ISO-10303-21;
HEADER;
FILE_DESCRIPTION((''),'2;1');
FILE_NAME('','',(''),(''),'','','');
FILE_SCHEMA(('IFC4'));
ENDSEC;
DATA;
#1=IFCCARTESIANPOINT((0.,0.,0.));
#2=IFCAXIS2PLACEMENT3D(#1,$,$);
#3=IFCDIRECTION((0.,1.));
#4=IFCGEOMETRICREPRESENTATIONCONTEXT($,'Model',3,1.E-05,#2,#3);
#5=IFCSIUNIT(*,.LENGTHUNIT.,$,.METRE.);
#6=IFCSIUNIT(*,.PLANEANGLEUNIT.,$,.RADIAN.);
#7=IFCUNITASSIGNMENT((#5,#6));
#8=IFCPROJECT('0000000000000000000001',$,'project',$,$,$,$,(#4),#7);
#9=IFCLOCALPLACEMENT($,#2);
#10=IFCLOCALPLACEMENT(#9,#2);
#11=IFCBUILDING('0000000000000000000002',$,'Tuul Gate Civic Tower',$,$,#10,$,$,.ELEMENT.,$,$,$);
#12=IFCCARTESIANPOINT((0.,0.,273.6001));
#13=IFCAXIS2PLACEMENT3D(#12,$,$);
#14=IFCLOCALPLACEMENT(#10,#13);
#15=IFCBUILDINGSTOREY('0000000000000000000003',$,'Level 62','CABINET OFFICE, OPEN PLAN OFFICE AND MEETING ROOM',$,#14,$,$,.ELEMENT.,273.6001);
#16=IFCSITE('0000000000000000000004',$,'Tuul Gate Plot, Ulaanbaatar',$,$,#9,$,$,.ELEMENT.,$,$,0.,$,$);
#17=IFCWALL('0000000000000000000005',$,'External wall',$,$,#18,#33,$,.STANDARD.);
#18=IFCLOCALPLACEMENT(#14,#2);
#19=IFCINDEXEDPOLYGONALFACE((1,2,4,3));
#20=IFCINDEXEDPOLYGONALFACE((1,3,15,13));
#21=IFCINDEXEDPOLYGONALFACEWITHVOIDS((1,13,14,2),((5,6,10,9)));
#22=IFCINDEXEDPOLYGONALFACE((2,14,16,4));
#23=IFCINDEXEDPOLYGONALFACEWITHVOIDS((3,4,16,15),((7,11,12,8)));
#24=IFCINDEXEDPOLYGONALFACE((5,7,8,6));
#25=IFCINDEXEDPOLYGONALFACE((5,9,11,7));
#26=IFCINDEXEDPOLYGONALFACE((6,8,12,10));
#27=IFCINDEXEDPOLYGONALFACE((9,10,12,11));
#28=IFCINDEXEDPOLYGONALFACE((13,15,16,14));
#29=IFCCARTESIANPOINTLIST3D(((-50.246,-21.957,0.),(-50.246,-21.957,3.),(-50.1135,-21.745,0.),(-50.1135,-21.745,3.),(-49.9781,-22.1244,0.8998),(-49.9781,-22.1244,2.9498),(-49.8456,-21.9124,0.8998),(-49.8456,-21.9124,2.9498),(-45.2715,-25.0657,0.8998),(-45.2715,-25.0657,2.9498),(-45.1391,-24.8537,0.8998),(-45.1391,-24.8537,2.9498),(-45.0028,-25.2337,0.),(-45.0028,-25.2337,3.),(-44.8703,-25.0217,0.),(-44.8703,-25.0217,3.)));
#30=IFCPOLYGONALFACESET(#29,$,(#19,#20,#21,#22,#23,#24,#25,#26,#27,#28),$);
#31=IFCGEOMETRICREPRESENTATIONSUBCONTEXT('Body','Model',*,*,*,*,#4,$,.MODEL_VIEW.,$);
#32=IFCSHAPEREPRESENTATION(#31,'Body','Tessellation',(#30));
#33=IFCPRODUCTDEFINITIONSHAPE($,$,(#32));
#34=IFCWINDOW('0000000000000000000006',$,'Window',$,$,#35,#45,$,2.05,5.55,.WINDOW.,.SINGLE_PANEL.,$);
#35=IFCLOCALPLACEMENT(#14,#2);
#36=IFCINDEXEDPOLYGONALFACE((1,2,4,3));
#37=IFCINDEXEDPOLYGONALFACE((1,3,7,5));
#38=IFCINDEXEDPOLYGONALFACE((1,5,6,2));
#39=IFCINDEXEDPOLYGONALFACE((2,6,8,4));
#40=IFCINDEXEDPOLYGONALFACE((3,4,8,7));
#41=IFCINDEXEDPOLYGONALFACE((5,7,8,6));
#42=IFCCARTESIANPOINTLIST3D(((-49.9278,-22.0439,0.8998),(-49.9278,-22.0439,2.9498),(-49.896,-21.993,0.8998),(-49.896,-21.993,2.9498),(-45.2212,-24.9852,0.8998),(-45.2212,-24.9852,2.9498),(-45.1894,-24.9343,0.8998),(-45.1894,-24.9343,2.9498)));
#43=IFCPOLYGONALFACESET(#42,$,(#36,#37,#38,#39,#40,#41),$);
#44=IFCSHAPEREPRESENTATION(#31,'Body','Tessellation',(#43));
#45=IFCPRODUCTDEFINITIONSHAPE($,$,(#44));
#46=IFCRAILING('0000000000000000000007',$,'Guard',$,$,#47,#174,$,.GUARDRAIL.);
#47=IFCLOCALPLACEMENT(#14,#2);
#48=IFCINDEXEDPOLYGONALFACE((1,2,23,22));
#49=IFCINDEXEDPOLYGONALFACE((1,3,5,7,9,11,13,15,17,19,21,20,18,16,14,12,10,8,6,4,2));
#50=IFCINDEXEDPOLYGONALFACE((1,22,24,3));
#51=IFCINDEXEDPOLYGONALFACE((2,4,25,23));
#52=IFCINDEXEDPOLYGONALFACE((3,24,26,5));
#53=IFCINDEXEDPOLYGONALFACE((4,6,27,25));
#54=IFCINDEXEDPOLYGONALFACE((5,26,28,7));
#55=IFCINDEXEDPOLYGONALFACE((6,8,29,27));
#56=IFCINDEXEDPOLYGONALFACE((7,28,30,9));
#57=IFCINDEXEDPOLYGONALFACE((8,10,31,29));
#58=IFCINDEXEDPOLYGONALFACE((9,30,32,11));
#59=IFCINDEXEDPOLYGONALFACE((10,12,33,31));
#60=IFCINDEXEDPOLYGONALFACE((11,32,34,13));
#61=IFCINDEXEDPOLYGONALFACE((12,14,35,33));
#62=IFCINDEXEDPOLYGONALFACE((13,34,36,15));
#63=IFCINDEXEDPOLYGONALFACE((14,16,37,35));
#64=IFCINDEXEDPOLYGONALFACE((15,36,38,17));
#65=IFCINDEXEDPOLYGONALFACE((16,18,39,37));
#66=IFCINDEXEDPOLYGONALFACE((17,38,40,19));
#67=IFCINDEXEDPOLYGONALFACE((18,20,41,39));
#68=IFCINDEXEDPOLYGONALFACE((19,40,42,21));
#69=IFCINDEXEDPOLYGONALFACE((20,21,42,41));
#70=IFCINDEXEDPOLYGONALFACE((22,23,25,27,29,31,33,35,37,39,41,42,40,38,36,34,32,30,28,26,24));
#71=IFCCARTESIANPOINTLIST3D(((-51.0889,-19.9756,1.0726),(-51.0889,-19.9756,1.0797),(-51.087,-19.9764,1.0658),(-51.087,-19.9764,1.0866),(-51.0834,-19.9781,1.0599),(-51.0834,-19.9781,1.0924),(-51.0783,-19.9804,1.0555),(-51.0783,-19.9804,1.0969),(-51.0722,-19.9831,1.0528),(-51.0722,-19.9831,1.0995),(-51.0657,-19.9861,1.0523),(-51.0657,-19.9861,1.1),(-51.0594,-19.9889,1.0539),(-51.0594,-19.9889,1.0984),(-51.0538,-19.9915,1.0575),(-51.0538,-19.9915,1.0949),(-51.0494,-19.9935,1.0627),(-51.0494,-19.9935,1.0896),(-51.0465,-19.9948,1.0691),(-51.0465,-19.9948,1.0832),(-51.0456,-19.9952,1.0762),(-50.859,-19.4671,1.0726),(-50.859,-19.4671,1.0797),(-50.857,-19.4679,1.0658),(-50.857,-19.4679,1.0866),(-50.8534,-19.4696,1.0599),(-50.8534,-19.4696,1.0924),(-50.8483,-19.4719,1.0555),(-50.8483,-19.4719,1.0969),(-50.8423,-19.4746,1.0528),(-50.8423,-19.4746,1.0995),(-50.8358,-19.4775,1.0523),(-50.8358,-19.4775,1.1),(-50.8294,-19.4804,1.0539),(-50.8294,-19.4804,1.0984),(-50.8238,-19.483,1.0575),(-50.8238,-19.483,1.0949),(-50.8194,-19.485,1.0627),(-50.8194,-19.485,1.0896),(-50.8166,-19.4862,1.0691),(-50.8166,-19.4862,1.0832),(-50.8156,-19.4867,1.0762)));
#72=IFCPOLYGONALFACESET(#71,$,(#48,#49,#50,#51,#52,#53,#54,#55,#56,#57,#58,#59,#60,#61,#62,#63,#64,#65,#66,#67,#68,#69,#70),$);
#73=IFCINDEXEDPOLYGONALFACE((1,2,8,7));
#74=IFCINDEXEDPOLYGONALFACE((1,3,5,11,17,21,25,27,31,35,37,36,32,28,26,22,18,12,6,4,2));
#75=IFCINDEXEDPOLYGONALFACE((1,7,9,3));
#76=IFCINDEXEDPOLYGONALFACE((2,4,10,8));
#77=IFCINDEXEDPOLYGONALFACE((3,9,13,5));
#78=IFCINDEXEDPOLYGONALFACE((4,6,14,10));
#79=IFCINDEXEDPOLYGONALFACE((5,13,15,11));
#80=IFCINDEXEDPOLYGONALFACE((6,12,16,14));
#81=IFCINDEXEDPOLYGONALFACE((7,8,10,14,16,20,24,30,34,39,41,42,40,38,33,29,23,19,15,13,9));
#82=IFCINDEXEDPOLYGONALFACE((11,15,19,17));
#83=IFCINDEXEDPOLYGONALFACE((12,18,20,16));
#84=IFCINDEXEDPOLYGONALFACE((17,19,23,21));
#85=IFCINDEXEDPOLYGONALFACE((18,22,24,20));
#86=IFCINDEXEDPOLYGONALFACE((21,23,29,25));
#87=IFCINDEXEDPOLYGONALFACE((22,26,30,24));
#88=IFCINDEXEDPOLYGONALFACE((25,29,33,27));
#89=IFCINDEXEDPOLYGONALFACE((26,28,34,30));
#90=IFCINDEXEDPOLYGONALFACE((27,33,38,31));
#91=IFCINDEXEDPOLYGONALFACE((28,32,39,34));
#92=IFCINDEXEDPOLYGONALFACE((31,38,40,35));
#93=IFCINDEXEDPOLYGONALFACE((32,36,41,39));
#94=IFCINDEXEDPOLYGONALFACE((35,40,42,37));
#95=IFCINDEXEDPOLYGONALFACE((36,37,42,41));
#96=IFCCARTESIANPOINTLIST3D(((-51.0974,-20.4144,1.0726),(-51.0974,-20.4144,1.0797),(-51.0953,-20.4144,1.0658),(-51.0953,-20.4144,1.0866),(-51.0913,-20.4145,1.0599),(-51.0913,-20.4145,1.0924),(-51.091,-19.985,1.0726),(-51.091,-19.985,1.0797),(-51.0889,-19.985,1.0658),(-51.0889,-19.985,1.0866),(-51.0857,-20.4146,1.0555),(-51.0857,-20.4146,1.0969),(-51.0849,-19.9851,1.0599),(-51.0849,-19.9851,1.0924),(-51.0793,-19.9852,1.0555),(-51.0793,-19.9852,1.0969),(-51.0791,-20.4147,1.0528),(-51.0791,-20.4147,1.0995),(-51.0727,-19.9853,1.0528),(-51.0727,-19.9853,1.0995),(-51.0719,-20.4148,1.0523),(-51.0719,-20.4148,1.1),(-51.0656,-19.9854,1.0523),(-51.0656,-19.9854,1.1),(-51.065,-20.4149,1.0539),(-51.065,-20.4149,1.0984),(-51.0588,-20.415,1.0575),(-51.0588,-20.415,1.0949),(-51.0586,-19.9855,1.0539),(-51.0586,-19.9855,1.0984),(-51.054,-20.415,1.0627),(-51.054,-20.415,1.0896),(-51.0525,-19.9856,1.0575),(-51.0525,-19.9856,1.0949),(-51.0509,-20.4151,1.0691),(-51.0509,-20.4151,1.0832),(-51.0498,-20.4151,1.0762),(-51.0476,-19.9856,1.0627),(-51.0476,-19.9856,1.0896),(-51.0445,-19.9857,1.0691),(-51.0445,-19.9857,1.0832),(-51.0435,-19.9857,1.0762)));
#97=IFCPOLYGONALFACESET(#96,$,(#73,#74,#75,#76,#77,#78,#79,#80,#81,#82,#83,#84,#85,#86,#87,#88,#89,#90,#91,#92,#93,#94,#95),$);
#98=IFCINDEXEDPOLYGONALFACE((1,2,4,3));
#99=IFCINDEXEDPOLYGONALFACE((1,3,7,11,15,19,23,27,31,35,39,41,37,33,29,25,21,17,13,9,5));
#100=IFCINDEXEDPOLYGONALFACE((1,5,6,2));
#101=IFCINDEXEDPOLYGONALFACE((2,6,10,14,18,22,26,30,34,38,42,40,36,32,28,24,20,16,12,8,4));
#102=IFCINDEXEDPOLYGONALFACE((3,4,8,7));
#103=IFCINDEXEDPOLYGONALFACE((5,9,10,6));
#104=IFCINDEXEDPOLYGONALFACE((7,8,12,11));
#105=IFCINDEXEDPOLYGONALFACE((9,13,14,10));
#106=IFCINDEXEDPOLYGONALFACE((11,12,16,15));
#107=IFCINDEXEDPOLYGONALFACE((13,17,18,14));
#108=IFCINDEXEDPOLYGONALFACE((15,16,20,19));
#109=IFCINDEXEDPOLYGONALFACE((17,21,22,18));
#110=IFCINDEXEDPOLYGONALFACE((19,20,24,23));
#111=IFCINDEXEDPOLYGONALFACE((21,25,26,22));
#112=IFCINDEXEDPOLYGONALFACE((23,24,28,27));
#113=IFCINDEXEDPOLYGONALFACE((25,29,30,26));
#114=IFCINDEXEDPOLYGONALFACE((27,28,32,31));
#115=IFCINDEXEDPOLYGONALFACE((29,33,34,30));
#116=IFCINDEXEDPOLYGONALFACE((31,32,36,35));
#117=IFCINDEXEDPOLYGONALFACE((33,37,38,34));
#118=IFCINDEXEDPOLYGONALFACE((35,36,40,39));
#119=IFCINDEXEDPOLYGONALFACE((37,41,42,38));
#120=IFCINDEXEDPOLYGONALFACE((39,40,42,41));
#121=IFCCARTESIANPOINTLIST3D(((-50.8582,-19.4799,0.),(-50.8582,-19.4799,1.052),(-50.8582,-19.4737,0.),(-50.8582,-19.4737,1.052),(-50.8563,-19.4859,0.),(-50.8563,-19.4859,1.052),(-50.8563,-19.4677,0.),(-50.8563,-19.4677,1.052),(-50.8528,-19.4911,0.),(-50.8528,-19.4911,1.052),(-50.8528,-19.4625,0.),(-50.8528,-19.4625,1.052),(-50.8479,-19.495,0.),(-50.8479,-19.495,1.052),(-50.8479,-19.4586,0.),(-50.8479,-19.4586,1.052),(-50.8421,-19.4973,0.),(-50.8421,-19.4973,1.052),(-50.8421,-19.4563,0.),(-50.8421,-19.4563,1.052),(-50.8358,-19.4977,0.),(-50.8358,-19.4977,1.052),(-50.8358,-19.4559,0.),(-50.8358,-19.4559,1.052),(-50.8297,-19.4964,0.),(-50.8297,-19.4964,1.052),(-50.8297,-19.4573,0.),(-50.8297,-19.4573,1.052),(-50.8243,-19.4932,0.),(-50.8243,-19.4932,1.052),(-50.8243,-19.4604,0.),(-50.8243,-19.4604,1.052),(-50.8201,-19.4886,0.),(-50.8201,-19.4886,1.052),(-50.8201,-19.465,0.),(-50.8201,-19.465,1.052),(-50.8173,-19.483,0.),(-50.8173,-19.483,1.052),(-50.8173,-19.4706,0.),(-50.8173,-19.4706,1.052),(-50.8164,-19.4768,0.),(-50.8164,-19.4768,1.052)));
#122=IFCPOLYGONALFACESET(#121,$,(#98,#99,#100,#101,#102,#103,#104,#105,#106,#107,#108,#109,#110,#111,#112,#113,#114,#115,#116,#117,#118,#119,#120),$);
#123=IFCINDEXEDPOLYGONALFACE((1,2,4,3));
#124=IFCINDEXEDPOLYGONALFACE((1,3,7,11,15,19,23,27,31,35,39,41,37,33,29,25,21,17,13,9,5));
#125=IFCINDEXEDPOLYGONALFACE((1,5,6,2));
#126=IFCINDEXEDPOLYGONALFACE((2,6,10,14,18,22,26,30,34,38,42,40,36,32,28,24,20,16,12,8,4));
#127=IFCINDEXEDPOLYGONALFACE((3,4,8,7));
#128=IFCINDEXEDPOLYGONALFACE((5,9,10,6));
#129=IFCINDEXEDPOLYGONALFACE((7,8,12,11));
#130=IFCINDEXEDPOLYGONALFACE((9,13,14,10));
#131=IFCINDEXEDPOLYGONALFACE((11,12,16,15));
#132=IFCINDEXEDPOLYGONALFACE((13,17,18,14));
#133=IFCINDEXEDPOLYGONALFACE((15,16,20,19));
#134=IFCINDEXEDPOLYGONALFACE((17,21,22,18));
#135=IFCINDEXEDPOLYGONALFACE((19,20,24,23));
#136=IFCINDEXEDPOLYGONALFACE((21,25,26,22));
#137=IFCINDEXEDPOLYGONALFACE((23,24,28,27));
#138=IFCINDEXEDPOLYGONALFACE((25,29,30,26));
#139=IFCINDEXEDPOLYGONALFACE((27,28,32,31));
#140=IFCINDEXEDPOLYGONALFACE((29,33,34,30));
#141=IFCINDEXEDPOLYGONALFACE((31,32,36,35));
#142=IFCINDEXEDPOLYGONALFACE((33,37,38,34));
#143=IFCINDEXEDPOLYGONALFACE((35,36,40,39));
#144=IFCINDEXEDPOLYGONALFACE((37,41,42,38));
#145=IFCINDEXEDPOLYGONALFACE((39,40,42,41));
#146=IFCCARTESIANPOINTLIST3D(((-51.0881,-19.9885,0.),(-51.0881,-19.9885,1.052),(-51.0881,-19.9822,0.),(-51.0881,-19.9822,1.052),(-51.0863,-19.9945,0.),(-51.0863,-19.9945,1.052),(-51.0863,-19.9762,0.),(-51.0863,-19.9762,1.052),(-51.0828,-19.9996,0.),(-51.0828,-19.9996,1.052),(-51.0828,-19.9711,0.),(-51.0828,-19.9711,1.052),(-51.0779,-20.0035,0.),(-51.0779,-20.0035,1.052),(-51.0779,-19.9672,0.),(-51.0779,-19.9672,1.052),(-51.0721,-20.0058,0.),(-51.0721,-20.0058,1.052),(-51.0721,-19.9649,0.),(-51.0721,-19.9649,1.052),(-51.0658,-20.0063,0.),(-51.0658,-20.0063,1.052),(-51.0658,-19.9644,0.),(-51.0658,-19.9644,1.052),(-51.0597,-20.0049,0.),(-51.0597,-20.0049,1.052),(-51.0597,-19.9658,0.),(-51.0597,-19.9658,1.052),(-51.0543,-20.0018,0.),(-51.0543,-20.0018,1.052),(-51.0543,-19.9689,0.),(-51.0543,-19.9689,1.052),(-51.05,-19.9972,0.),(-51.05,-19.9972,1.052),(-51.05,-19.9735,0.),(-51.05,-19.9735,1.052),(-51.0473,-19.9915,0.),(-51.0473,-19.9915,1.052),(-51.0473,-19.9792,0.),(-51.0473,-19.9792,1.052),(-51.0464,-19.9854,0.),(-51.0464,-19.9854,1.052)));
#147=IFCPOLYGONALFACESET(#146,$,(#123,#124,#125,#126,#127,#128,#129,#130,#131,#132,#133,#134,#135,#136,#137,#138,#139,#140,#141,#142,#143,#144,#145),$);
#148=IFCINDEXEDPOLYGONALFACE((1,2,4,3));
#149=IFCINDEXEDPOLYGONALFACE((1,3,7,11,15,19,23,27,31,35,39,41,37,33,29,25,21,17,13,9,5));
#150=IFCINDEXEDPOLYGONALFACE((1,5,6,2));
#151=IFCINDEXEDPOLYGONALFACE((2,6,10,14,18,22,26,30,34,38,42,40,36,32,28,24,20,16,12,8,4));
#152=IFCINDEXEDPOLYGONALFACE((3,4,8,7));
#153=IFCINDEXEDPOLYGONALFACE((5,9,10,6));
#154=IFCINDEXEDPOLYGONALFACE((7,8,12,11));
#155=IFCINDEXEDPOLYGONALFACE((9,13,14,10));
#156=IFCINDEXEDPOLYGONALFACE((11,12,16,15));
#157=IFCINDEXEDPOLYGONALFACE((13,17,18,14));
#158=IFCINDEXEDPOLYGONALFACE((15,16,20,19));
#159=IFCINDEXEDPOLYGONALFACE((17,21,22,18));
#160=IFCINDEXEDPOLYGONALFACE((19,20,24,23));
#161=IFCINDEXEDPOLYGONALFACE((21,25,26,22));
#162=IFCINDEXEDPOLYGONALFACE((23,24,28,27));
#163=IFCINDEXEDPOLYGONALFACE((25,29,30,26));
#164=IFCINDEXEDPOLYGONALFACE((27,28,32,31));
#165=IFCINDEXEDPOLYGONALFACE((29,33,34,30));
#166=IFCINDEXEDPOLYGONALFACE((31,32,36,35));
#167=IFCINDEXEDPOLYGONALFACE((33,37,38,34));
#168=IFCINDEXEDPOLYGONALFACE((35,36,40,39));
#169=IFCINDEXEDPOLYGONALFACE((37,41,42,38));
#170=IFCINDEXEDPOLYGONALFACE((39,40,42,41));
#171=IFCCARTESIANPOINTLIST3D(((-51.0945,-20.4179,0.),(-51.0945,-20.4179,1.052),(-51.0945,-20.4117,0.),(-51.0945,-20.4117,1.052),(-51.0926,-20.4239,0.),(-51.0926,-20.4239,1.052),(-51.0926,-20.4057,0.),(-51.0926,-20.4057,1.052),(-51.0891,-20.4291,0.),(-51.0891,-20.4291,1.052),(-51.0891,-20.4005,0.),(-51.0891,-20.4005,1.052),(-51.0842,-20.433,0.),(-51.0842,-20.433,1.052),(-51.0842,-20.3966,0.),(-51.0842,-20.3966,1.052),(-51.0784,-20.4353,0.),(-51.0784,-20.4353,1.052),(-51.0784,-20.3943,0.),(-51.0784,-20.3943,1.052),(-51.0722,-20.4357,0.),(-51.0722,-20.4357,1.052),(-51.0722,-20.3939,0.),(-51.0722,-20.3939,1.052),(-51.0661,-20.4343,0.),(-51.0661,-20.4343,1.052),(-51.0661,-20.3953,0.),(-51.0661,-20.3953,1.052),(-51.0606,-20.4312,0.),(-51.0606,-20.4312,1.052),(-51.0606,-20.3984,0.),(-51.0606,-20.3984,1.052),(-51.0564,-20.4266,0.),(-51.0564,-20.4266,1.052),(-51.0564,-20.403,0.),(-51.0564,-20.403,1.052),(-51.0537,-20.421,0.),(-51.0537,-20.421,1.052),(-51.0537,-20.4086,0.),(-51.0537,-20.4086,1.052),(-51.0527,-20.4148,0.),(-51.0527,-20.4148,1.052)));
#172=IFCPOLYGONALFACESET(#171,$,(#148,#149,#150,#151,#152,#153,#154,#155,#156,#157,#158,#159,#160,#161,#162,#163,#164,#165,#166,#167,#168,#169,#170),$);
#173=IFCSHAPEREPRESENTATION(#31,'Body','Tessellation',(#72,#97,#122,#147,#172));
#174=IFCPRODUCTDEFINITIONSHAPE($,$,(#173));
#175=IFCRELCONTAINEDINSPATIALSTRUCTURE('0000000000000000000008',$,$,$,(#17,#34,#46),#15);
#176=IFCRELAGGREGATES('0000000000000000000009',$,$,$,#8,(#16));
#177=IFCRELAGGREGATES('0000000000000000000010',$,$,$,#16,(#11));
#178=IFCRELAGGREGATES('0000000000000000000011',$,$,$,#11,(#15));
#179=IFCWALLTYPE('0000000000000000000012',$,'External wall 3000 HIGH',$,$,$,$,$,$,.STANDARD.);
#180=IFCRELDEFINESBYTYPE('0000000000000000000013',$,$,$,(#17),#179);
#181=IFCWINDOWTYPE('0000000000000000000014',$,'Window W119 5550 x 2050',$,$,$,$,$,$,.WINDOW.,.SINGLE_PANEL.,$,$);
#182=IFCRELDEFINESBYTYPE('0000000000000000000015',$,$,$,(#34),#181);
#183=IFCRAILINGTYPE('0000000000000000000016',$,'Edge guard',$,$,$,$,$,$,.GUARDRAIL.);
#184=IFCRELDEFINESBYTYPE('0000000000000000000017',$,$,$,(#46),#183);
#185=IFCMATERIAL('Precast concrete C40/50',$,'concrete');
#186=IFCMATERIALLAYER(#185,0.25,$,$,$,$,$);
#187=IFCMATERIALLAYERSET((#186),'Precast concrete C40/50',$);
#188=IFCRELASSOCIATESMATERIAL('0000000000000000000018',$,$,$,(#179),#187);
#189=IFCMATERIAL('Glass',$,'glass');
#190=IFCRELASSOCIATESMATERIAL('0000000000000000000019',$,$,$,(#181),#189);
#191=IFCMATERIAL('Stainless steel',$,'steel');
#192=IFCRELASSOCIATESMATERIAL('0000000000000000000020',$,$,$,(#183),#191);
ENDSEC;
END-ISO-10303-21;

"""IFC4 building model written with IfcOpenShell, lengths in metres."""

from ifc_helpers import new_model, si_unit, direction, frame, frame_2d, origin, origin_2d, place, context, subcontext, project, spatial, rectangle, circle, extrude, material, layer, layer_set, type_object, element, fill, save


model = new_model("IFC4")

# Units and contexts
model_context = context("Model", 3, precision=1e-05, world=origin(), true_north=direction((0.0, 1.0)))
body_context = subcontext(model_context, "Body", "Model", "MODEL_VIEW")
ifc_project = project(units=[si_unit("LENGTHUNIT", "METRE"), si_unit("PLANEANGLEUNIT", "RADIAN")], contexts=[model_context])

# Site, building, storey
site_placement = place(None, origin())
site = spatial("IfcSite", under=ifc_project, at=site_placement, Name="Tuul Gate Plot, Ulaanbaatar", CompositionType="ELEMENT", RefElevation=0.0)
building_placement = place(site_placement, origin())
building = spatial("IfcBuilding", under=site, at=building_placement, Name="Tuul Gate Civic Tower", CompositionType="ELEMENT")
storey_placement = place(building_placement, frame((0.0, 0.0, 273.6001)))
storey = spatial("IfcBuildingStorey", under=building, at=storey_placement, Name="Level 62", Description="CABINET OFFICE, OPEN PLAN OFFICE AND MEETING ROOM", CompositionType="ELEMENT", Elevation=273.6001)

# Wall, opening, window
ifc_material_1 = material(Name="Precast concrete C40/50", Category="concrete")
ifc_layer_1 = layer(ifc_material_1, 0.25)
ifc_layer_set_1 = layer_set([ifc_layer_1], Name="Precast concrete C40/50")
wall_type_1 = type_object("IfcWallType", Name="External wall 3000 HIGH", PredefinedType="STANDARD", material=ifc_layer_set_1)
wall_1_placement = place(storey_placement, frame((-50.1797, -21.8511, 0.0), z_axis=(0.0, 0.0, 1.0), x_axis=(0.848025, -0.529956, 0.0)))
wall_1 = element("IfcWall", 1, at=wall_1_placement, inside=storey, type_object=wall_type_1, Name="External wall", PredefinedType="STANDARD", context=body_context, shape_type="SweptSolid", body=[
    extrude(rectangle(XDim=6.1829, YDim=0.25, at=frame_2d((3.0913, 0.0))), origin(), (0.0, 0.0, 1.0), 3.0),
])
opening_1_placement = place(wall_1_placement, frame((0.3159, 0.0, 0.8999)))
opening_1 = element("IfcOpeningElement", 2, at=opening_1_placement, cuts=wall_1, PredefinedType="OPENING", context=body_context, shape_type="SweptSolid", body=[
    extrude(rectangle(XDim=5.55, YDim=2.05, at=frame_2d((2.7749, 1.0249))), frame((0.0, 0.135, 0.0), z_axis=(0.0, -1.0, 0.0), x_axis=(1.0, 0.0, 0.0)), (0.0, 0.0, 1.0), 0.27),
])
ifc_material_2 = material(Name="Glass", Category="glass")
window_type_1 = type_object("IfcWindowType", Name="Window W119 5550 x 2050", PartitioningType="SINGLE_PANEL", PredefinedType="WINDOW", material=ifc_material_2)
window_1_placement = place(opening_1_placement, origin())
window_1 = element("IfcWindow", 3, at=window_1_placement, inside=storey, type_object=window_type_1, Name="Window", OverallHeight=2.05, OverallWidth=5.55, PartitioningType="SINGLE_PANEL", PredefinedType="WINDOW", context=body_context, shape_type="SweptSolid", body=[
    extrude(rectangle(XDim=5.55, YDim=2.05, at=frame_2d((2.7749, 1.0249))), frame((0.0, 0.03, 0.0), z_axis=(0.0, -1.0, 0.0), x_axis=(1.0, 0.0, 0.0)), (0.0, 0.0, 1.0), 0.0601),
])
fill(opening_1, window_1)

# Railing
ifc_material_3 = material(Name="Stainless steel", Category="steel")
railing_type = type_object("IfcRailingType", Name="Edge guard", PredefinedType="GUARDRAIL", material=ifc_material_3)
railing_1_placement = place(storey_placement, frame((-50.8374, -19.4768, 0.0)))
element("IfcRailing", 4, at=railing_1_placement, inside=storey, type_object=railing_type, Name="Guard", PredefinedType="GUARDRAIL", context=body_context, shape_type="SweptSolid", body=[
    extrude(circle(Radius=0.0239, at=origin_2d()), frame((0.0, 0.0, 1.0762), z_axis=(-0.412055, -0.911159, 0.0), x_axis=(0.911159, -0.412055, 0.0)), (0.0, 0.0, 1.0), 0.5581),
    extrude(circle(Radius=0.0239, at=origin_2d()), frame((-0.23, -0.5085, 1.0762), z_axis=(-0.01478, -0.999891, 0.0), x_axis=(0.999891, -0.01478, 0.0)), (0.0, 0.0, 1.0), 0.4294),
    extrude(circle(Radius=0.021, at=origin_2d()), origin(), (0.0, 0.0, 1.0), 1.052),
    extrude(circle(Radius=0.021, at=origin_2d()), frame((-0.23, -0.5085, 0.0)), (0.0, 0.0, 1.0), 1.052),
    extrude(circle(Radius=0.021, at=origin_2d()), frame((-0.2363, -0.938, 0.0)), (0.0, 0.0, 1.0), 1.052),
])

save(model, "model.ifc")
